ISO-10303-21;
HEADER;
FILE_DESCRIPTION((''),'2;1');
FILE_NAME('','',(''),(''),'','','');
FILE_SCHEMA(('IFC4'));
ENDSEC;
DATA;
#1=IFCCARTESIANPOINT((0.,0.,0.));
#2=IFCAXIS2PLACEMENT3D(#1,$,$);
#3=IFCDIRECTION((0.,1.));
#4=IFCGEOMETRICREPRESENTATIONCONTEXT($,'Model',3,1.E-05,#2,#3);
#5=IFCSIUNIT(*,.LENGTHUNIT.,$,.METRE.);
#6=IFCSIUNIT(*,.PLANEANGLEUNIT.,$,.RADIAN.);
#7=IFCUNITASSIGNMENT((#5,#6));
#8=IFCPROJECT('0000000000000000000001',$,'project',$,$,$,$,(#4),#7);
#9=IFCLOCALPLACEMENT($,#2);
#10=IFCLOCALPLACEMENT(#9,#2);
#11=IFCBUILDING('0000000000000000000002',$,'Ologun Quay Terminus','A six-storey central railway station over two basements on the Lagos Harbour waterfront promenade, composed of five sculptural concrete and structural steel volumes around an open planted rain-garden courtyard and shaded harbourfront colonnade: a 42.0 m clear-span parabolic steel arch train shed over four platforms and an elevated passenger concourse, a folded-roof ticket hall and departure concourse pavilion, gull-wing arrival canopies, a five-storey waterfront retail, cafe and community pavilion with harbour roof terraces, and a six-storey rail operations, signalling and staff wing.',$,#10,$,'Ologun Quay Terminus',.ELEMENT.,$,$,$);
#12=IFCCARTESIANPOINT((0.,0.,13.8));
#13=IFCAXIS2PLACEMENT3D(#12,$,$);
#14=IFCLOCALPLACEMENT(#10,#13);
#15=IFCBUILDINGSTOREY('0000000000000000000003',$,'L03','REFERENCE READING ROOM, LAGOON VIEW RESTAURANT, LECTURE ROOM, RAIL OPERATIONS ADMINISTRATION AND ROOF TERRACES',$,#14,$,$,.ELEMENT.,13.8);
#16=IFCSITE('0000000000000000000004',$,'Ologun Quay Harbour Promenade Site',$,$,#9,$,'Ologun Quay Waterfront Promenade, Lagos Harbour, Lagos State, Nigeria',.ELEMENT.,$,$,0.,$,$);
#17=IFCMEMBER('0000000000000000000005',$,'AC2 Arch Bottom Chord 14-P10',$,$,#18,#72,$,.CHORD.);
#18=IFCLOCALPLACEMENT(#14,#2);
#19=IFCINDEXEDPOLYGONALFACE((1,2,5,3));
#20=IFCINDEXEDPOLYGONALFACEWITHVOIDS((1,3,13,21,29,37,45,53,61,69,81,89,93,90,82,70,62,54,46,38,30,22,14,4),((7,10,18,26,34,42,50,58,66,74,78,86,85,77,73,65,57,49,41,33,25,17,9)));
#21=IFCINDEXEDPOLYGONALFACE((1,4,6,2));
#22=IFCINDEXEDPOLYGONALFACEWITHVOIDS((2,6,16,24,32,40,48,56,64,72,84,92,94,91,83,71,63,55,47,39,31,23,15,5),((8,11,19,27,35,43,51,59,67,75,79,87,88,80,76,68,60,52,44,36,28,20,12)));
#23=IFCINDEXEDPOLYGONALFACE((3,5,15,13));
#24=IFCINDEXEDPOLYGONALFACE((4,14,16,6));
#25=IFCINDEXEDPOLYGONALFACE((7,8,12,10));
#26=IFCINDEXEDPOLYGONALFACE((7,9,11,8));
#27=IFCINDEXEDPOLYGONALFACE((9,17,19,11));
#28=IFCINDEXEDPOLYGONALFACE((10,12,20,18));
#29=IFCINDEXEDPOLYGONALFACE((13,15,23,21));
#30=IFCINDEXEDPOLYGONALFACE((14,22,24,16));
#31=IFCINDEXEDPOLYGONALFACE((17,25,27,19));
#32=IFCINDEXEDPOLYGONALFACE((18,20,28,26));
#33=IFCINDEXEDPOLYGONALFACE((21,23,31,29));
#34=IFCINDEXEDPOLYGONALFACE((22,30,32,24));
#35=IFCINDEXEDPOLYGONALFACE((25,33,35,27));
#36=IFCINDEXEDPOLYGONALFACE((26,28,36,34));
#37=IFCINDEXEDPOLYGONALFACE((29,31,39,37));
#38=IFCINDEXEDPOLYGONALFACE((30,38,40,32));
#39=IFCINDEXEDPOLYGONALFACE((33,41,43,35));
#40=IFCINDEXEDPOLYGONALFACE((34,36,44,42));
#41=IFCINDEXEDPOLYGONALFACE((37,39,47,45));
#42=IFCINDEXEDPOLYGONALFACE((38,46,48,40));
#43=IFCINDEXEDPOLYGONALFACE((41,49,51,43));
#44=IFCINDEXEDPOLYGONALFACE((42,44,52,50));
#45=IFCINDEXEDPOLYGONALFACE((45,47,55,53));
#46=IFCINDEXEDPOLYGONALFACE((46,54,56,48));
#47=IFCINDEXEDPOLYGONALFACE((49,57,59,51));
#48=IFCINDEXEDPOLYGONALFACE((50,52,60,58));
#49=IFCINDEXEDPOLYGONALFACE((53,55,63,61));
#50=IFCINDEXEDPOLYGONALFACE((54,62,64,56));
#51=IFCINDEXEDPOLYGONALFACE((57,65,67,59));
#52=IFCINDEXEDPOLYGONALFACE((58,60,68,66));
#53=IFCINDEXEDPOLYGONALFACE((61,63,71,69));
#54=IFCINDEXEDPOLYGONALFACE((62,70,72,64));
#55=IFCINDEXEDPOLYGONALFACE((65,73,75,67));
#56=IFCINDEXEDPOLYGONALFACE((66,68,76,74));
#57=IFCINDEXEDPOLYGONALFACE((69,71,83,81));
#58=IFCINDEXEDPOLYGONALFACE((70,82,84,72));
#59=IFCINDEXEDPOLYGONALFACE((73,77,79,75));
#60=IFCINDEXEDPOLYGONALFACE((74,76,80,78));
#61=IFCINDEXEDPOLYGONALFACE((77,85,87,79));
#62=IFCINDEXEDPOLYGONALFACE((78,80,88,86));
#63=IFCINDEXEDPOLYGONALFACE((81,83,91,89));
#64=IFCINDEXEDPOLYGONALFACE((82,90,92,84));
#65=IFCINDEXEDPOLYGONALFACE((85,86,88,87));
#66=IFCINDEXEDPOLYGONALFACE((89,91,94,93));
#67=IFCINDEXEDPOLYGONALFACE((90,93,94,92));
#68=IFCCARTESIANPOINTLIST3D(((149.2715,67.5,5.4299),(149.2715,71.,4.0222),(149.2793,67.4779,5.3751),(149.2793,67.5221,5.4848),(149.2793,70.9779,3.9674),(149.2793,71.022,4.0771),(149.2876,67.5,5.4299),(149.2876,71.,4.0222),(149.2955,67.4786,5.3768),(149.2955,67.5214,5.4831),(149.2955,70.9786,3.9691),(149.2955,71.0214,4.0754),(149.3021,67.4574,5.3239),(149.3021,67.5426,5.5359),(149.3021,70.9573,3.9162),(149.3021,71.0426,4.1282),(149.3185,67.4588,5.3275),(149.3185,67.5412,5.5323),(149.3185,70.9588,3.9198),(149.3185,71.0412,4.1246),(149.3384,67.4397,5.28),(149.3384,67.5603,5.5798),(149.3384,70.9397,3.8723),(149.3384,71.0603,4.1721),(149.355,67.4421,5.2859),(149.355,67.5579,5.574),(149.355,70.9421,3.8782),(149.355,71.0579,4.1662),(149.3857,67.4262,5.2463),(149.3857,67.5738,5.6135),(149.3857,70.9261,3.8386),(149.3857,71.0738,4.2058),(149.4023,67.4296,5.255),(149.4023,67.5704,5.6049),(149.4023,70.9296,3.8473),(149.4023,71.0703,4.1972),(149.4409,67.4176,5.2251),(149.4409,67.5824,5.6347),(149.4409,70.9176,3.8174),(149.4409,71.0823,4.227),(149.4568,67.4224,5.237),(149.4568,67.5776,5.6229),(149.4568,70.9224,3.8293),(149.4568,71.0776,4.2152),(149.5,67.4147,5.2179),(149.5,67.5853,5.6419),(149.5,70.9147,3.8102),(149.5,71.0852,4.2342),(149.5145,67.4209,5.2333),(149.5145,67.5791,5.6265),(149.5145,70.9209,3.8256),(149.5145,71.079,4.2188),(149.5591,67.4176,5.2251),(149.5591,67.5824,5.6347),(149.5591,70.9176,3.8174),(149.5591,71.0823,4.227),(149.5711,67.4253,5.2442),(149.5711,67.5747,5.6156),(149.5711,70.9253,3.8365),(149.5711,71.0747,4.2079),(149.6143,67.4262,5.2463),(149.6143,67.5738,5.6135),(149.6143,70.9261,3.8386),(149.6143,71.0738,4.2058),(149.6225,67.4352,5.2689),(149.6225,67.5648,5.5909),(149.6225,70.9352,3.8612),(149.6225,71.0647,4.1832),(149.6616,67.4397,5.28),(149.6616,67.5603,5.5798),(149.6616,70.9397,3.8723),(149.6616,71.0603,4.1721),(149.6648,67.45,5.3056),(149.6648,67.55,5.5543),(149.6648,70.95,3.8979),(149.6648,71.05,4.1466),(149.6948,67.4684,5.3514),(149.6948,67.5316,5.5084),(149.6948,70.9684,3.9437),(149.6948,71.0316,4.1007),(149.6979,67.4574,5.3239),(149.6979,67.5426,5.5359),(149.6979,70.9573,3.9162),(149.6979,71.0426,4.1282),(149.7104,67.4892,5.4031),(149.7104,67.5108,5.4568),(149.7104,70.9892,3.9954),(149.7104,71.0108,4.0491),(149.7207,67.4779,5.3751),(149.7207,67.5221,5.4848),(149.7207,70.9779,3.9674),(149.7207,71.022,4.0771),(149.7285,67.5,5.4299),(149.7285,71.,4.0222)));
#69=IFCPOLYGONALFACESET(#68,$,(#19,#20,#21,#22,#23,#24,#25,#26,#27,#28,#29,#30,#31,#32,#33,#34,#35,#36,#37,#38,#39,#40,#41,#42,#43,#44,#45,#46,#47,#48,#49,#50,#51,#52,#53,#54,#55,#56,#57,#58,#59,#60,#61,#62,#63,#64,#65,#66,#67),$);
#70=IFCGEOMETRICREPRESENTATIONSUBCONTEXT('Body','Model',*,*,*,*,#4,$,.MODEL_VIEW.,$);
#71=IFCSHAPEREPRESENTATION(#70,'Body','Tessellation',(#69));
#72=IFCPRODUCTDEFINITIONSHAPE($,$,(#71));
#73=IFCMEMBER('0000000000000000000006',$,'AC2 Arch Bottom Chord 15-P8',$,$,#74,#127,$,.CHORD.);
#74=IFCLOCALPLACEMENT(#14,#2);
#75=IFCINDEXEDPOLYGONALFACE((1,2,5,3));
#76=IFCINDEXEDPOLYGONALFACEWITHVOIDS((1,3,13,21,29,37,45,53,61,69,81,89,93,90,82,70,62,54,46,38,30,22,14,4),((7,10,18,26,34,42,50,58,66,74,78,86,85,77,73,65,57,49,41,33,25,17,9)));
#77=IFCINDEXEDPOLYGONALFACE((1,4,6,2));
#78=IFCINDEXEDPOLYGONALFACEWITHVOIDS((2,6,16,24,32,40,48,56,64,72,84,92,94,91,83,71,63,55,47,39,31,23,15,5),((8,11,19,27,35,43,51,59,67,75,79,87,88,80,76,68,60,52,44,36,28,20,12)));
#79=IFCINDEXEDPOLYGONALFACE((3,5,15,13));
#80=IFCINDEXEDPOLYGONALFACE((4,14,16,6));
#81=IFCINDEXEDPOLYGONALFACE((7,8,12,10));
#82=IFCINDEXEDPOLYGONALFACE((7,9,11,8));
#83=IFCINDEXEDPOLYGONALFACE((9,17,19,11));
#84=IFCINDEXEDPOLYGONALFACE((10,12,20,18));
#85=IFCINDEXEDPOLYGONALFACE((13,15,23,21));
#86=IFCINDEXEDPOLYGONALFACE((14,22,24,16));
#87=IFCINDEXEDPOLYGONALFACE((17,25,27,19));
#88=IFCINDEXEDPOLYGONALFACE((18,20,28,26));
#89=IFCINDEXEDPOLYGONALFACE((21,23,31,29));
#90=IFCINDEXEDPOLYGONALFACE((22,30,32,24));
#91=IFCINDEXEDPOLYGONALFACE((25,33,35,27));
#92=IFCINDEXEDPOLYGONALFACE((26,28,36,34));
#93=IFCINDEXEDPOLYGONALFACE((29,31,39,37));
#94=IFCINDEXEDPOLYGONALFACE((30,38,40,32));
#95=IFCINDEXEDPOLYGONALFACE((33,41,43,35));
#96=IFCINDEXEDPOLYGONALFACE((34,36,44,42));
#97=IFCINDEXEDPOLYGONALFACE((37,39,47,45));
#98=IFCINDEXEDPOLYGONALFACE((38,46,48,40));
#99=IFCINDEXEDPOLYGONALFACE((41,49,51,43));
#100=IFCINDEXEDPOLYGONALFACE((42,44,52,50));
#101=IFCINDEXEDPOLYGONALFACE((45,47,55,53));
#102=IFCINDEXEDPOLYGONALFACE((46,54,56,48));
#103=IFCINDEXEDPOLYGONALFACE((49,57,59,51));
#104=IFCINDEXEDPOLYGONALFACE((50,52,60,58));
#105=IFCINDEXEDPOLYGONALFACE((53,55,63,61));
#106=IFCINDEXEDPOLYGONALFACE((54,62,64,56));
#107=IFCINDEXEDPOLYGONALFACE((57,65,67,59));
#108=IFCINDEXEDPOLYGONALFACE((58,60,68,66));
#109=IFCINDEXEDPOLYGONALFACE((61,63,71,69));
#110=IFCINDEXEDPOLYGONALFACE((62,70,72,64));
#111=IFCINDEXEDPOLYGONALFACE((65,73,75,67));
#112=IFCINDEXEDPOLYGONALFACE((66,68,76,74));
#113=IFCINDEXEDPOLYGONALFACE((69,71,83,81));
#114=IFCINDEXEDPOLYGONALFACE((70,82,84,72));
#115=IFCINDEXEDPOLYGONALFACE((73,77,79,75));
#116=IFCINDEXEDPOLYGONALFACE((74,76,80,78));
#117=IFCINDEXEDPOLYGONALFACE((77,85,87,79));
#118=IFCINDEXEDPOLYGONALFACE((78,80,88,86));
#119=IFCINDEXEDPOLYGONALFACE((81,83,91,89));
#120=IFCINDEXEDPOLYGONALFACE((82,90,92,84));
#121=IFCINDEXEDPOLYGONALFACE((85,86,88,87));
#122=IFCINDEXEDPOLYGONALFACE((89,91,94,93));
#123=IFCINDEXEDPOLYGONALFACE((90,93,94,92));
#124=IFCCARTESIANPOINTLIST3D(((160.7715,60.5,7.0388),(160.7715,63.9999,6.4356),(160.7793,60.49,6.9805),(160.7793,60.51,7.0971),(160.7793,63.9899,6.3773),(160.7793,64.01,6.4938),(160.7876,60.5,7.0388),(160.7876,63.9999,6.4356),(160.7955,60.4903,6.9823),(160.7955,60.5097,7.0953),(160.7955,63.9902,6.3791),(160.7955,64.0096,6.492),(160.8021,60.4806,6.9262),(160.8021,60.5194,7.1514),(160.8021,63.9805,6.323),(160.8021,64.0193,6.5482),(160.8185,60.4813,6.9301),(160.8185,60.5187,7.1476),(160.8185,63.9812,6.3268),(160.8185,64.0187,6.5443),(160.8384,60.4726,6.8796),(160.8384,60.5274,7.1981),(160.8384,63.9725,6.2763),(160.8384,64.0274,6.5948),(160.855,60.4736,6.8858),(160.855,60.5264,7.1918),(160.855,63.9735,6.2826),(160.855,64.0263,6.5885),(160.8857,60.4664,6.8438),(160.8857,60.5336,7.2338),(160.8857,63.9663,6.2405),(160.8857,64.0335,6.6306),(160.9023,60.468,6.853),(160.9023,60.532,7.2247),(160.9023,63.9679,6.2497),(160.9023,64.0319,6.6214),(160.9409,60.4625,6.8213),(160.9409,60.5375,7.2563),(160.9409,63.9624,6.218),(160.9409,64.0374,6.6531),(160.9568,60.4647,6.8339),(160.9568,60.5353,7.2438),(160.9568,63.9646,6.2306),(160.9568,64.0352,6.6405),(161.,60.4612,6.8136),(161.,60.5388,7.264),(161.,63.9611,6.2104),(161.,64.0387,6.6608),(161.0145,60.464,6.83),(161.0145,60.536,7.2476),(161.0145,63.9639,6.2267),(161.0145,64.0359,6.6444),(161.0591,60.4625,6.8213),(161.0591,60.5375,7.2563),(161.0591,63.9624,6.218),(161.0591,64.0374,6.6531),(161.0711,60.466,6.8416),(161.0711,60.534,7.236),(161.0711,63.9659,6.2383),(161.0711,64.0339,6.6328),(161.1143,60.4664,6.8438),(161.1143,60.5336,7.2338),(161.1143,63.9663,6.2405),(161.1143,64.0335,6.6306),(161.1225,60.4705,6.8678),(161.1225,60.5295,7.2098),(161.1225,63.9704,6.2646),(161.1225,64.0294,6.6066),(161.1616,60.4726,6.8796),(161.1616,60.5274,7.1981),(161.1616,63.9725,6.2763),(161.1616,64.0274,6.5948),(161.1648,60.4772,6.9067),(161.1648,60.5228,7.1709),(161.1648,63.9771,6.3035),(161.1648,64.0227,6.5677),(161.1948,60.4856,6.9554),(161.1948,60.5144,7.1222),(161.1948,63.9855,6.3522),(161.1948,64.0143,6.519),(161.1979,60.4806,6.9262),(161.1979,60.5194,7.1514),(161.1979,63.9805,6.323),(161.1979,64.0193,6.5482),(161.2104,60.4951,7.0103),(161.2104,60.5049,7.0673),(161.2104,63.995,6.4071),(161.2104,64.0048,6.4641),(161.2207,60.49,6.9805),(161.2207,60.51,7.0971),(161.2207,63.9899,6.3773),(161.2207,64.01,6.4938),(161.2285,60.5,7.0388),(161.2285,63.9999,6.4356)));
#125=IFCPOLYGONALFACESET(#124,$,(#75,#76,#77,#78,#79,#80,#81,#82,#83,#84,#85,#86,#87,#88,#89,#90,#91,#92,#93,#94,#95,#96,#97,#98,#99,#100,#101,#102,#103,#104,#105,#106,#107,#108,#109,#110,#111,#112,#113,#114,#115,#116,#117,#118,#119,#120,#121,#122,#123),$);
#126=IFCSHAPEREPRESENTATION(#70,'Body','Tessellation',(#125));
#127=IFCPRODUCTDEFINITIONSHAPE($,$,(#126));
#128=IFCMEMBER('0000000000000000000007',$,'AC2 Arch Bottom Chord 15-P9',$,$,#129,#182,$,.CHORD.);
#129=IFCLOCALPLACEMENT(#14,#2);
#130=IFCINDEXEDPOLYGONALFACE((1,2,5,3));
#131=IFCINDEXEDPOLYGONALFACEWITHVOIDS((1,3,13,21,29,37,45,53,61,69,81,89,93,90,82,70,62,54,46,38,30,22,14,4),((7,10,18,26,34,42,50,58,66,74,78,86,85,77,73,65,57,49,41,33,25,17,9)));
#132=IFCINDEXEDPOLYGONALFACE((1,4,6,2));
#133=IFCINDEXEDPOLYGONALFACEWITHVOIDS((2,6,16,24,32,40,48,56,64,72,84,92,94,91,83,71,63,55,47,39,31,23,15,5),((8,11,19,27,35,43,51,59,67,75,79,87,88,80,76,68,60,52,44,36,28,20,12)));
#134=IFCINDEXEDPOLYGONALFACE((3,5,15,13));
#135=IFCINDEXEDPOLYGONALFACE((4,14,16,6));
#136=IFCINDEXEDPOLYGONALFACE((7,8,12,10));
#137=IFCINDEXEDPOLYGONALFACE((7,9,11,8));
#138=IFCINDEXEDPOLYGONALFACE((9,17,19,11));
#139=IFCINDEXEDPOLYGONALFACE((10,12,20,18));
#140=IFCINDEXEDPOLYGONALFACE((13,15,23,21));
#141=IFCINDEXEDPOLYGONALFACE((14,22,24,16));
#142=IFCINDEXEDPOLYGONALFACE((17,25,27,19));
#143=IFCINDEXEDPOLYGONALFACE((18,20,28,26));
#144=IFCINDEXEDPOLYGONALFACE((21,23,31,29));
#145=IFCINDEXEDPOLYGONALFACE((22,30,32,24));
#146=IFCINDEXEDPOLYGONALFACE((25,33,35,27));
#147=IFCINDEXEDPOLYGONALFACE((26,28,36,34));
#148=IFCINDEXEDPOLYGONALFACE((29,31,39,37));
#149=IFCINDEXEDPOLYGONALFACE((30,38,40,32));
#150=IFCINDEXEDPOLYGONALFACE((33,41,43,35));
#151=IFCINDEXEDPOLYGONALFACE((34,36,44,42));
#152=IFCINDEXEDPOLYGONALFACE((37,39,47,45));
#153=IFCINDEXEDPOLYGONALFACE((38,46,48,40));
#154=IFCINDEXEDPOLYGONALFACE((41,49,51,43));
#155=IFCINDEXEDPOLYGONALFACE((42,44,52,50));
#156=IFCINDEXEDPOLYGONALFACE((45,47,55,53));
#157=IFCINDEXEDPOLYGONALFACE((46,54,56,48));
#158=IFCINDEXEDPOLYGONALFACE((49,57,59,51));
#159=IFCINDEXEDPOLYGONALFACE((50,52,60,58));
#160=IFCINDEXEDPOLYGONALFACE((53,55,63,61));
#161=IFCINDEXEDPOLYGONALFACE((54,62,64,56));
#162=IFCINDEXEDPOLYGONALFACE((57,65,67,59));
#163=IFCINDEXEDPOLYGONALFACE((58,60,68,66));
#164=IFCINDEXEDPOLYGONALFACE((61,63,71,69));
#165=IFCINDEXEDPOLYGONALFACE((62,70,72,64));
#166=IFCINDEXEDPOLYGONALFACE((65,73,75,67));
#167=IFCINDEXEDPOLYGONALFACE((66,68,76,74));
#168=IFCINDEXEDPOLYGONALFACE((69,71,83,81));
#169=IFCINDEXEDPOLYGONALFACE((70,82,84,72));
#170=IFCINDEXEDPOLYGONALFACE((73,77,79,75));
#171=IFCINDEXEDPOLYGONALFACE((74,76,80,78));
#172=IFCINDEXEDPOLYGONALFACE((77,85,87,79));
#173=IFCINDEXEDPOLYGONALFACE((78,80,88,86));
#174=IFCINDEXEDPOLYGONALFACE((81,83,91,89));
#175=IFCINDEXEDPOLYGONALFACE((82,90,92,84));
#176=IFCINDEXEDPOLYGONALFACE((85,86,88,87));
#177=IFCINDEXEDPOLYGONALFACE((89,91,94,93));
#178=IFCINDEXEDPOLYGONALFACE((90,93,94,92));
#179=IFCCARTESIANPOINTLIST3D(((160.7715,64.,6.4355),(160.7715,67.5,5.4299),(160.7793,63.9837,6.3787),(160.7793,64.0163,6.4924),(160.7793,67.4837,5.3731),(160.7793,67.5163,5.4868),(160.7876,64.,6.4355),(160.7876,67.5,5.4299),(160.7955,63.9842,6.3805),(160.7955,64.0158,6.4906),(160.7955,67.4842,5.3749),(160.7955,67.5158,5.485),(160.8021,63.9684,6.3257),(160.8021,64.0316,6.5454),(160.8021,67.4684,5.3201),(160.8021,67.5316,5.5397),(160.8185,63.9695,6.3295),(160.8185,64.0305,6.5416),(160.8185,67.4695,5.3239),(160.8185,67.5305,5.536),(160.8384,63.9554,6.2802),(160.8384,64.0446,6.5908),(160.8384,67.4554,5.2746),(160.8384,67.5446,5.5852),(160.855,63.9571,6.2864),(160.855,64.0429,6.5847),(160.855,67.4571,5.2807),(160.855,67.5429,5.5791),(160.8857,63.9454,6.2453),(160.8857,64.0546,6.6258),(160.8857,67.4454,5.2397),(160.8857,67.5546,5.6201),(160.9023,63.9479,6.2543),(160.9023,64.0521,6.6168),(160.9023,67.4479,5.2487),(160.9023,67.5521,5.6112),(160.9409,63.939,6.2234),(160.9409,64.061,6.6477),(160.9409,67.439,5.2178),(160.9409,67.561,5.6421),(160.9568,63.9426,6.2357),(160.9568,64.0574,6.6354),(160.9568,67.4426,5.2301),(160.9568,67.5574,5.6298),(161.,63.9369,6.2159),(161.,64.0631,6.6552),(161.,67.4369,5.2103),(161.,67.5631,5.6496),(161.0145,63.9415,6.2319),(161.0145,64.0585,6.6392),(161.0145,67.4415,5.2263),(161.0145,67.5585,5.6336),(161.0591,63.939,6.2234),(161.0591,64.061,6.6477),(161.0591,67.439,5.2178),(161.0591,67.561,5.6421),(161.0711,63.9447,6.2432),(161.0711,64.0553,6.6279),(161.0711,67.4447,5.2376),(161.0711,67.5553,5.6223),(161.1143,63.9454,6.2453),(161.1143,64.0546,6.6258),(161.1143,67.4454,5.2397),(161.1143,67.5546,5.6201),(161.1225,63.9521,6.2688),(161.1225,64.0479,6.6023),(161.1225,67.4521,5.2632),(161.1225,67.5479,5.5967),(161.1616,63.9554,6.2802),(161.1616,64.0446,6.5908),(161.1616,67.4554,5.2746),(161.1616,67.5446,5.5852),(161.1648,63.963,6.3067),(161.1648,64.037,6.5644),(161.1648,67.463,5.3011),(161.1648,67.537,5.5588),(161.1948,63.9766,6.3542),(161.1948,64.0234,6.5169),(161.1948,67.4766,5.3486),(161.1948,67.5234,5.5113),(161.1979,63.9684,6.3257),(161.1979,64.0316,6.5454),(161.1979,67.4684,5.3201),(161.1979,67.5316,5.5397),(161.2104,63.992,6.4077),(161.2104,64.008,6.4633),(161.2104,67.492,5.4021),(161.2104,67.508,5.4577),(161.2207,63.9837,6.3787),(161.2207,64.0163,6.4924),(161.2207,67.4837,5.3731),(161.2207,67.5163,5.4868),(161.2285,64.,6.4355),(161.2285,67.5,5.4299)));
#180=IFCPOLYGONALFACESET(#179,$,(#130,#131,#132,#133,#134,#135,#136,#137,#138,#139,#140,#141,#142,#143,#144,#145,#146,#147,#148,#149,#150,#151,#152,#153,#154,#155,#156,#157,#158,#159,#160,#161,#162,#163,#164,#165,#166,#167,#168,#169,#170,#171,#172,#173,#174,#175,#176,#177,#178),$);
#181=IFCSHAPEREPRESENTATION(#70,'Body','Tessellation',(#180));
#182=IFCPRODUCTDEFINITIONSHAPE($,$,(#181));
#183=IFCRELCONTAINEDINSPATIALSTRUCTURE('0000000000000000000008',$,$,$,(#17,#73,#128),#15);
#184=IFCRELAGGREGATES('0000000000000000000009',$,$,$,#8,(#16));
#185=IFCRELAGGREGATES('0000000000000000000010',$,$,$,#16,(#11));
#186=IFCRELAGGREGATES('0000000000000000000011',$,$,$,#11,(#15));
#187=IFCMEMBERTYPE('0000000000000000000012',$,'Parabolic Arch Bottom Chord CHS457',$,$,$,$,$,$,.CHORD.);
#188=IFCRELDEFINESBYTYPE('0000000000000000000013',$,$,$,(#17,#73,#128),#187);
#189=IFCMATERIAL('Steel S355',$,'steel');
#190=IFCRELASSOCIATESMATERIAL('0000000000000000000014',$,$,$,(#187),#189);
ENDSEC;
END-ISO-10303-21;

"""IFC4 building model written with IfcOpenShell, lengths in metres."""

from ifc_helpers import new_model, si_unit, direction, frame, origin, origin_2d, place, context, subcontext, project, spatial, hollow_circle, extrude, material, material_profile, profile_set, type_object, element, save


model = new_model("IFC4")

# Units and contexts
model_context = context("Model", 3, precision=1e-05, world=origin(), true_north=direction((0.0, 1.0)))
body_context = subcontext(model_context, "Body", "Model", "MODEL_VIEW")
ifc_project = project(units=[si_unit("LENGTHUNIT", "METRE"), si_unit("PLANEANGLEUNIT", "RADIAN")], contexts=[model_context])

# Site, building, storey
site_placement = place(None, origin())
site = spatial("IfcSite", under=ifc_project, at=site_placement, Name="Ologun Quay Harbour Promenade Site", LongName="Ologun Quay Waterfront Promenade, Lagos Harbour, Lagos State, Nigeria", CompositionType="ELEMENT", RefElevation=0.0)
building_placement = place(site_placement, origin())
building = spatial("IfcBuilding", under=site, at=building_placement, Name="Ologun Quay Terminus", Description="A six-storey central railway station over two basements on the Lagos Harbour waterfront promenade, composed of five sculptural concrete and structural steel volumes around an open planted rain-garden courtyard and shaded harbourfront colonnade: a 42.0 m clear-span parabolic steel arch train shed over four platforms and an elevated passenger concourse, a folded-roof ticket hall and departure concourse pavilion, gull-wing arrival canopies, a five-storey waterfront retail, cafe and community pavilion with harbour roof terraces, and a six-storey rail operations, signalling and staff wing.", LongName="Ologun Quay Terminus", CompositionType="ELEMENT")
storey_placement = place(building_placement, frame((0.0, 0.0, 13.8)))
storey = spatial("IfcBuildingStorey", under=building, at=storey_placement, Name="L03", Description="REFERENCE READING ROOM, LAGOON VIEW RESTAURANT, LECTURE ROOM, RAIL OPERATIONS ADMINISTRATION AND ROOF TERRACES", CompositionType="ELEMENT", Elevation=13.8)

# Members
ifc_material_1 = material(Name="Steel S355", Category="steel")
ifc_material_profile_1 = material_profile(ifc_material_1, hollow_circle(Radius=0.2285, WallThickness=0.0161, at=origin_2d()), Name="CHS 457x16")
ifc_profile_set_1 = profile_set([ifc_material_profile_1], Name="Steel S355")
member_type_1 = type_object("IfcMemberType", Name="Parabolic Arch Bottom Chord CHS457", PredefinedType="CHORD", material=ifc_profile_set_1)
member_1_placement = place(storey_placement, frame((149.5, 67.5, 5.4299), z_axis=(0.0, 0.92777, -0.373153), x_axis=(-1.0, 0.0, 0.0)))
element("IfcMember", 1, at=member_1_placement, inside=storey, type_object=member_type_1, Name="AC2 Arch Bottom Chord 14-P10", PredefinedType="CHORD", context=body_context, shape_type="SweptSolid", body=[
    extrude(hollow_circle(Radius=0.2285, WallThickness=0.0161, at=origin_2d()), origin(), (0.0, 0.0, 1.0), 3.7725),
])
member_2_placement = place(storey_placement, frame((161.0, 60.5, 7.0388), z_axis=(0.0, 0.985468, -0.169859), x_axis=(-1.0, 0.0, 0.0)))
element("IfcMember", 2, at=member_2_placement, inside=storey, type_object=member_type_1, Name="AC2 Arch Bottom Chord 15-P8", PredefinedType="CHORD", context=body_context, shape_type="SweptSolid", body=[
    extrude(hollow_circle(Radius=0.2285, WallThickness=0.0161, at=origin_2d()), origin(), (0.0, 0.0, 1.0), 3.5515),
])
member_3_placement = place(storey_placement, frame((161.0, 64.0, 6.4355), z_axis=(0.0, 0.961116, -0.276146), x_axis=(-1.0, 0.0, 0.0)))
element("IfcMember", 3, at=member_3_placement, inside=storey, type_object=member_type_1, Name="AC2 Arch Bottom Chord 15-P9", PredefinedType="CHORD", context=body_context, shape_type="SweptSolid", body=[
    extrude(hollow_circle(Radius=0.2285, WallThickness=0.0161, at=origin_2d()), origin(), (0.0, 0.0, 1.0), 3.6416),
])

save(model, "model.ifc")
